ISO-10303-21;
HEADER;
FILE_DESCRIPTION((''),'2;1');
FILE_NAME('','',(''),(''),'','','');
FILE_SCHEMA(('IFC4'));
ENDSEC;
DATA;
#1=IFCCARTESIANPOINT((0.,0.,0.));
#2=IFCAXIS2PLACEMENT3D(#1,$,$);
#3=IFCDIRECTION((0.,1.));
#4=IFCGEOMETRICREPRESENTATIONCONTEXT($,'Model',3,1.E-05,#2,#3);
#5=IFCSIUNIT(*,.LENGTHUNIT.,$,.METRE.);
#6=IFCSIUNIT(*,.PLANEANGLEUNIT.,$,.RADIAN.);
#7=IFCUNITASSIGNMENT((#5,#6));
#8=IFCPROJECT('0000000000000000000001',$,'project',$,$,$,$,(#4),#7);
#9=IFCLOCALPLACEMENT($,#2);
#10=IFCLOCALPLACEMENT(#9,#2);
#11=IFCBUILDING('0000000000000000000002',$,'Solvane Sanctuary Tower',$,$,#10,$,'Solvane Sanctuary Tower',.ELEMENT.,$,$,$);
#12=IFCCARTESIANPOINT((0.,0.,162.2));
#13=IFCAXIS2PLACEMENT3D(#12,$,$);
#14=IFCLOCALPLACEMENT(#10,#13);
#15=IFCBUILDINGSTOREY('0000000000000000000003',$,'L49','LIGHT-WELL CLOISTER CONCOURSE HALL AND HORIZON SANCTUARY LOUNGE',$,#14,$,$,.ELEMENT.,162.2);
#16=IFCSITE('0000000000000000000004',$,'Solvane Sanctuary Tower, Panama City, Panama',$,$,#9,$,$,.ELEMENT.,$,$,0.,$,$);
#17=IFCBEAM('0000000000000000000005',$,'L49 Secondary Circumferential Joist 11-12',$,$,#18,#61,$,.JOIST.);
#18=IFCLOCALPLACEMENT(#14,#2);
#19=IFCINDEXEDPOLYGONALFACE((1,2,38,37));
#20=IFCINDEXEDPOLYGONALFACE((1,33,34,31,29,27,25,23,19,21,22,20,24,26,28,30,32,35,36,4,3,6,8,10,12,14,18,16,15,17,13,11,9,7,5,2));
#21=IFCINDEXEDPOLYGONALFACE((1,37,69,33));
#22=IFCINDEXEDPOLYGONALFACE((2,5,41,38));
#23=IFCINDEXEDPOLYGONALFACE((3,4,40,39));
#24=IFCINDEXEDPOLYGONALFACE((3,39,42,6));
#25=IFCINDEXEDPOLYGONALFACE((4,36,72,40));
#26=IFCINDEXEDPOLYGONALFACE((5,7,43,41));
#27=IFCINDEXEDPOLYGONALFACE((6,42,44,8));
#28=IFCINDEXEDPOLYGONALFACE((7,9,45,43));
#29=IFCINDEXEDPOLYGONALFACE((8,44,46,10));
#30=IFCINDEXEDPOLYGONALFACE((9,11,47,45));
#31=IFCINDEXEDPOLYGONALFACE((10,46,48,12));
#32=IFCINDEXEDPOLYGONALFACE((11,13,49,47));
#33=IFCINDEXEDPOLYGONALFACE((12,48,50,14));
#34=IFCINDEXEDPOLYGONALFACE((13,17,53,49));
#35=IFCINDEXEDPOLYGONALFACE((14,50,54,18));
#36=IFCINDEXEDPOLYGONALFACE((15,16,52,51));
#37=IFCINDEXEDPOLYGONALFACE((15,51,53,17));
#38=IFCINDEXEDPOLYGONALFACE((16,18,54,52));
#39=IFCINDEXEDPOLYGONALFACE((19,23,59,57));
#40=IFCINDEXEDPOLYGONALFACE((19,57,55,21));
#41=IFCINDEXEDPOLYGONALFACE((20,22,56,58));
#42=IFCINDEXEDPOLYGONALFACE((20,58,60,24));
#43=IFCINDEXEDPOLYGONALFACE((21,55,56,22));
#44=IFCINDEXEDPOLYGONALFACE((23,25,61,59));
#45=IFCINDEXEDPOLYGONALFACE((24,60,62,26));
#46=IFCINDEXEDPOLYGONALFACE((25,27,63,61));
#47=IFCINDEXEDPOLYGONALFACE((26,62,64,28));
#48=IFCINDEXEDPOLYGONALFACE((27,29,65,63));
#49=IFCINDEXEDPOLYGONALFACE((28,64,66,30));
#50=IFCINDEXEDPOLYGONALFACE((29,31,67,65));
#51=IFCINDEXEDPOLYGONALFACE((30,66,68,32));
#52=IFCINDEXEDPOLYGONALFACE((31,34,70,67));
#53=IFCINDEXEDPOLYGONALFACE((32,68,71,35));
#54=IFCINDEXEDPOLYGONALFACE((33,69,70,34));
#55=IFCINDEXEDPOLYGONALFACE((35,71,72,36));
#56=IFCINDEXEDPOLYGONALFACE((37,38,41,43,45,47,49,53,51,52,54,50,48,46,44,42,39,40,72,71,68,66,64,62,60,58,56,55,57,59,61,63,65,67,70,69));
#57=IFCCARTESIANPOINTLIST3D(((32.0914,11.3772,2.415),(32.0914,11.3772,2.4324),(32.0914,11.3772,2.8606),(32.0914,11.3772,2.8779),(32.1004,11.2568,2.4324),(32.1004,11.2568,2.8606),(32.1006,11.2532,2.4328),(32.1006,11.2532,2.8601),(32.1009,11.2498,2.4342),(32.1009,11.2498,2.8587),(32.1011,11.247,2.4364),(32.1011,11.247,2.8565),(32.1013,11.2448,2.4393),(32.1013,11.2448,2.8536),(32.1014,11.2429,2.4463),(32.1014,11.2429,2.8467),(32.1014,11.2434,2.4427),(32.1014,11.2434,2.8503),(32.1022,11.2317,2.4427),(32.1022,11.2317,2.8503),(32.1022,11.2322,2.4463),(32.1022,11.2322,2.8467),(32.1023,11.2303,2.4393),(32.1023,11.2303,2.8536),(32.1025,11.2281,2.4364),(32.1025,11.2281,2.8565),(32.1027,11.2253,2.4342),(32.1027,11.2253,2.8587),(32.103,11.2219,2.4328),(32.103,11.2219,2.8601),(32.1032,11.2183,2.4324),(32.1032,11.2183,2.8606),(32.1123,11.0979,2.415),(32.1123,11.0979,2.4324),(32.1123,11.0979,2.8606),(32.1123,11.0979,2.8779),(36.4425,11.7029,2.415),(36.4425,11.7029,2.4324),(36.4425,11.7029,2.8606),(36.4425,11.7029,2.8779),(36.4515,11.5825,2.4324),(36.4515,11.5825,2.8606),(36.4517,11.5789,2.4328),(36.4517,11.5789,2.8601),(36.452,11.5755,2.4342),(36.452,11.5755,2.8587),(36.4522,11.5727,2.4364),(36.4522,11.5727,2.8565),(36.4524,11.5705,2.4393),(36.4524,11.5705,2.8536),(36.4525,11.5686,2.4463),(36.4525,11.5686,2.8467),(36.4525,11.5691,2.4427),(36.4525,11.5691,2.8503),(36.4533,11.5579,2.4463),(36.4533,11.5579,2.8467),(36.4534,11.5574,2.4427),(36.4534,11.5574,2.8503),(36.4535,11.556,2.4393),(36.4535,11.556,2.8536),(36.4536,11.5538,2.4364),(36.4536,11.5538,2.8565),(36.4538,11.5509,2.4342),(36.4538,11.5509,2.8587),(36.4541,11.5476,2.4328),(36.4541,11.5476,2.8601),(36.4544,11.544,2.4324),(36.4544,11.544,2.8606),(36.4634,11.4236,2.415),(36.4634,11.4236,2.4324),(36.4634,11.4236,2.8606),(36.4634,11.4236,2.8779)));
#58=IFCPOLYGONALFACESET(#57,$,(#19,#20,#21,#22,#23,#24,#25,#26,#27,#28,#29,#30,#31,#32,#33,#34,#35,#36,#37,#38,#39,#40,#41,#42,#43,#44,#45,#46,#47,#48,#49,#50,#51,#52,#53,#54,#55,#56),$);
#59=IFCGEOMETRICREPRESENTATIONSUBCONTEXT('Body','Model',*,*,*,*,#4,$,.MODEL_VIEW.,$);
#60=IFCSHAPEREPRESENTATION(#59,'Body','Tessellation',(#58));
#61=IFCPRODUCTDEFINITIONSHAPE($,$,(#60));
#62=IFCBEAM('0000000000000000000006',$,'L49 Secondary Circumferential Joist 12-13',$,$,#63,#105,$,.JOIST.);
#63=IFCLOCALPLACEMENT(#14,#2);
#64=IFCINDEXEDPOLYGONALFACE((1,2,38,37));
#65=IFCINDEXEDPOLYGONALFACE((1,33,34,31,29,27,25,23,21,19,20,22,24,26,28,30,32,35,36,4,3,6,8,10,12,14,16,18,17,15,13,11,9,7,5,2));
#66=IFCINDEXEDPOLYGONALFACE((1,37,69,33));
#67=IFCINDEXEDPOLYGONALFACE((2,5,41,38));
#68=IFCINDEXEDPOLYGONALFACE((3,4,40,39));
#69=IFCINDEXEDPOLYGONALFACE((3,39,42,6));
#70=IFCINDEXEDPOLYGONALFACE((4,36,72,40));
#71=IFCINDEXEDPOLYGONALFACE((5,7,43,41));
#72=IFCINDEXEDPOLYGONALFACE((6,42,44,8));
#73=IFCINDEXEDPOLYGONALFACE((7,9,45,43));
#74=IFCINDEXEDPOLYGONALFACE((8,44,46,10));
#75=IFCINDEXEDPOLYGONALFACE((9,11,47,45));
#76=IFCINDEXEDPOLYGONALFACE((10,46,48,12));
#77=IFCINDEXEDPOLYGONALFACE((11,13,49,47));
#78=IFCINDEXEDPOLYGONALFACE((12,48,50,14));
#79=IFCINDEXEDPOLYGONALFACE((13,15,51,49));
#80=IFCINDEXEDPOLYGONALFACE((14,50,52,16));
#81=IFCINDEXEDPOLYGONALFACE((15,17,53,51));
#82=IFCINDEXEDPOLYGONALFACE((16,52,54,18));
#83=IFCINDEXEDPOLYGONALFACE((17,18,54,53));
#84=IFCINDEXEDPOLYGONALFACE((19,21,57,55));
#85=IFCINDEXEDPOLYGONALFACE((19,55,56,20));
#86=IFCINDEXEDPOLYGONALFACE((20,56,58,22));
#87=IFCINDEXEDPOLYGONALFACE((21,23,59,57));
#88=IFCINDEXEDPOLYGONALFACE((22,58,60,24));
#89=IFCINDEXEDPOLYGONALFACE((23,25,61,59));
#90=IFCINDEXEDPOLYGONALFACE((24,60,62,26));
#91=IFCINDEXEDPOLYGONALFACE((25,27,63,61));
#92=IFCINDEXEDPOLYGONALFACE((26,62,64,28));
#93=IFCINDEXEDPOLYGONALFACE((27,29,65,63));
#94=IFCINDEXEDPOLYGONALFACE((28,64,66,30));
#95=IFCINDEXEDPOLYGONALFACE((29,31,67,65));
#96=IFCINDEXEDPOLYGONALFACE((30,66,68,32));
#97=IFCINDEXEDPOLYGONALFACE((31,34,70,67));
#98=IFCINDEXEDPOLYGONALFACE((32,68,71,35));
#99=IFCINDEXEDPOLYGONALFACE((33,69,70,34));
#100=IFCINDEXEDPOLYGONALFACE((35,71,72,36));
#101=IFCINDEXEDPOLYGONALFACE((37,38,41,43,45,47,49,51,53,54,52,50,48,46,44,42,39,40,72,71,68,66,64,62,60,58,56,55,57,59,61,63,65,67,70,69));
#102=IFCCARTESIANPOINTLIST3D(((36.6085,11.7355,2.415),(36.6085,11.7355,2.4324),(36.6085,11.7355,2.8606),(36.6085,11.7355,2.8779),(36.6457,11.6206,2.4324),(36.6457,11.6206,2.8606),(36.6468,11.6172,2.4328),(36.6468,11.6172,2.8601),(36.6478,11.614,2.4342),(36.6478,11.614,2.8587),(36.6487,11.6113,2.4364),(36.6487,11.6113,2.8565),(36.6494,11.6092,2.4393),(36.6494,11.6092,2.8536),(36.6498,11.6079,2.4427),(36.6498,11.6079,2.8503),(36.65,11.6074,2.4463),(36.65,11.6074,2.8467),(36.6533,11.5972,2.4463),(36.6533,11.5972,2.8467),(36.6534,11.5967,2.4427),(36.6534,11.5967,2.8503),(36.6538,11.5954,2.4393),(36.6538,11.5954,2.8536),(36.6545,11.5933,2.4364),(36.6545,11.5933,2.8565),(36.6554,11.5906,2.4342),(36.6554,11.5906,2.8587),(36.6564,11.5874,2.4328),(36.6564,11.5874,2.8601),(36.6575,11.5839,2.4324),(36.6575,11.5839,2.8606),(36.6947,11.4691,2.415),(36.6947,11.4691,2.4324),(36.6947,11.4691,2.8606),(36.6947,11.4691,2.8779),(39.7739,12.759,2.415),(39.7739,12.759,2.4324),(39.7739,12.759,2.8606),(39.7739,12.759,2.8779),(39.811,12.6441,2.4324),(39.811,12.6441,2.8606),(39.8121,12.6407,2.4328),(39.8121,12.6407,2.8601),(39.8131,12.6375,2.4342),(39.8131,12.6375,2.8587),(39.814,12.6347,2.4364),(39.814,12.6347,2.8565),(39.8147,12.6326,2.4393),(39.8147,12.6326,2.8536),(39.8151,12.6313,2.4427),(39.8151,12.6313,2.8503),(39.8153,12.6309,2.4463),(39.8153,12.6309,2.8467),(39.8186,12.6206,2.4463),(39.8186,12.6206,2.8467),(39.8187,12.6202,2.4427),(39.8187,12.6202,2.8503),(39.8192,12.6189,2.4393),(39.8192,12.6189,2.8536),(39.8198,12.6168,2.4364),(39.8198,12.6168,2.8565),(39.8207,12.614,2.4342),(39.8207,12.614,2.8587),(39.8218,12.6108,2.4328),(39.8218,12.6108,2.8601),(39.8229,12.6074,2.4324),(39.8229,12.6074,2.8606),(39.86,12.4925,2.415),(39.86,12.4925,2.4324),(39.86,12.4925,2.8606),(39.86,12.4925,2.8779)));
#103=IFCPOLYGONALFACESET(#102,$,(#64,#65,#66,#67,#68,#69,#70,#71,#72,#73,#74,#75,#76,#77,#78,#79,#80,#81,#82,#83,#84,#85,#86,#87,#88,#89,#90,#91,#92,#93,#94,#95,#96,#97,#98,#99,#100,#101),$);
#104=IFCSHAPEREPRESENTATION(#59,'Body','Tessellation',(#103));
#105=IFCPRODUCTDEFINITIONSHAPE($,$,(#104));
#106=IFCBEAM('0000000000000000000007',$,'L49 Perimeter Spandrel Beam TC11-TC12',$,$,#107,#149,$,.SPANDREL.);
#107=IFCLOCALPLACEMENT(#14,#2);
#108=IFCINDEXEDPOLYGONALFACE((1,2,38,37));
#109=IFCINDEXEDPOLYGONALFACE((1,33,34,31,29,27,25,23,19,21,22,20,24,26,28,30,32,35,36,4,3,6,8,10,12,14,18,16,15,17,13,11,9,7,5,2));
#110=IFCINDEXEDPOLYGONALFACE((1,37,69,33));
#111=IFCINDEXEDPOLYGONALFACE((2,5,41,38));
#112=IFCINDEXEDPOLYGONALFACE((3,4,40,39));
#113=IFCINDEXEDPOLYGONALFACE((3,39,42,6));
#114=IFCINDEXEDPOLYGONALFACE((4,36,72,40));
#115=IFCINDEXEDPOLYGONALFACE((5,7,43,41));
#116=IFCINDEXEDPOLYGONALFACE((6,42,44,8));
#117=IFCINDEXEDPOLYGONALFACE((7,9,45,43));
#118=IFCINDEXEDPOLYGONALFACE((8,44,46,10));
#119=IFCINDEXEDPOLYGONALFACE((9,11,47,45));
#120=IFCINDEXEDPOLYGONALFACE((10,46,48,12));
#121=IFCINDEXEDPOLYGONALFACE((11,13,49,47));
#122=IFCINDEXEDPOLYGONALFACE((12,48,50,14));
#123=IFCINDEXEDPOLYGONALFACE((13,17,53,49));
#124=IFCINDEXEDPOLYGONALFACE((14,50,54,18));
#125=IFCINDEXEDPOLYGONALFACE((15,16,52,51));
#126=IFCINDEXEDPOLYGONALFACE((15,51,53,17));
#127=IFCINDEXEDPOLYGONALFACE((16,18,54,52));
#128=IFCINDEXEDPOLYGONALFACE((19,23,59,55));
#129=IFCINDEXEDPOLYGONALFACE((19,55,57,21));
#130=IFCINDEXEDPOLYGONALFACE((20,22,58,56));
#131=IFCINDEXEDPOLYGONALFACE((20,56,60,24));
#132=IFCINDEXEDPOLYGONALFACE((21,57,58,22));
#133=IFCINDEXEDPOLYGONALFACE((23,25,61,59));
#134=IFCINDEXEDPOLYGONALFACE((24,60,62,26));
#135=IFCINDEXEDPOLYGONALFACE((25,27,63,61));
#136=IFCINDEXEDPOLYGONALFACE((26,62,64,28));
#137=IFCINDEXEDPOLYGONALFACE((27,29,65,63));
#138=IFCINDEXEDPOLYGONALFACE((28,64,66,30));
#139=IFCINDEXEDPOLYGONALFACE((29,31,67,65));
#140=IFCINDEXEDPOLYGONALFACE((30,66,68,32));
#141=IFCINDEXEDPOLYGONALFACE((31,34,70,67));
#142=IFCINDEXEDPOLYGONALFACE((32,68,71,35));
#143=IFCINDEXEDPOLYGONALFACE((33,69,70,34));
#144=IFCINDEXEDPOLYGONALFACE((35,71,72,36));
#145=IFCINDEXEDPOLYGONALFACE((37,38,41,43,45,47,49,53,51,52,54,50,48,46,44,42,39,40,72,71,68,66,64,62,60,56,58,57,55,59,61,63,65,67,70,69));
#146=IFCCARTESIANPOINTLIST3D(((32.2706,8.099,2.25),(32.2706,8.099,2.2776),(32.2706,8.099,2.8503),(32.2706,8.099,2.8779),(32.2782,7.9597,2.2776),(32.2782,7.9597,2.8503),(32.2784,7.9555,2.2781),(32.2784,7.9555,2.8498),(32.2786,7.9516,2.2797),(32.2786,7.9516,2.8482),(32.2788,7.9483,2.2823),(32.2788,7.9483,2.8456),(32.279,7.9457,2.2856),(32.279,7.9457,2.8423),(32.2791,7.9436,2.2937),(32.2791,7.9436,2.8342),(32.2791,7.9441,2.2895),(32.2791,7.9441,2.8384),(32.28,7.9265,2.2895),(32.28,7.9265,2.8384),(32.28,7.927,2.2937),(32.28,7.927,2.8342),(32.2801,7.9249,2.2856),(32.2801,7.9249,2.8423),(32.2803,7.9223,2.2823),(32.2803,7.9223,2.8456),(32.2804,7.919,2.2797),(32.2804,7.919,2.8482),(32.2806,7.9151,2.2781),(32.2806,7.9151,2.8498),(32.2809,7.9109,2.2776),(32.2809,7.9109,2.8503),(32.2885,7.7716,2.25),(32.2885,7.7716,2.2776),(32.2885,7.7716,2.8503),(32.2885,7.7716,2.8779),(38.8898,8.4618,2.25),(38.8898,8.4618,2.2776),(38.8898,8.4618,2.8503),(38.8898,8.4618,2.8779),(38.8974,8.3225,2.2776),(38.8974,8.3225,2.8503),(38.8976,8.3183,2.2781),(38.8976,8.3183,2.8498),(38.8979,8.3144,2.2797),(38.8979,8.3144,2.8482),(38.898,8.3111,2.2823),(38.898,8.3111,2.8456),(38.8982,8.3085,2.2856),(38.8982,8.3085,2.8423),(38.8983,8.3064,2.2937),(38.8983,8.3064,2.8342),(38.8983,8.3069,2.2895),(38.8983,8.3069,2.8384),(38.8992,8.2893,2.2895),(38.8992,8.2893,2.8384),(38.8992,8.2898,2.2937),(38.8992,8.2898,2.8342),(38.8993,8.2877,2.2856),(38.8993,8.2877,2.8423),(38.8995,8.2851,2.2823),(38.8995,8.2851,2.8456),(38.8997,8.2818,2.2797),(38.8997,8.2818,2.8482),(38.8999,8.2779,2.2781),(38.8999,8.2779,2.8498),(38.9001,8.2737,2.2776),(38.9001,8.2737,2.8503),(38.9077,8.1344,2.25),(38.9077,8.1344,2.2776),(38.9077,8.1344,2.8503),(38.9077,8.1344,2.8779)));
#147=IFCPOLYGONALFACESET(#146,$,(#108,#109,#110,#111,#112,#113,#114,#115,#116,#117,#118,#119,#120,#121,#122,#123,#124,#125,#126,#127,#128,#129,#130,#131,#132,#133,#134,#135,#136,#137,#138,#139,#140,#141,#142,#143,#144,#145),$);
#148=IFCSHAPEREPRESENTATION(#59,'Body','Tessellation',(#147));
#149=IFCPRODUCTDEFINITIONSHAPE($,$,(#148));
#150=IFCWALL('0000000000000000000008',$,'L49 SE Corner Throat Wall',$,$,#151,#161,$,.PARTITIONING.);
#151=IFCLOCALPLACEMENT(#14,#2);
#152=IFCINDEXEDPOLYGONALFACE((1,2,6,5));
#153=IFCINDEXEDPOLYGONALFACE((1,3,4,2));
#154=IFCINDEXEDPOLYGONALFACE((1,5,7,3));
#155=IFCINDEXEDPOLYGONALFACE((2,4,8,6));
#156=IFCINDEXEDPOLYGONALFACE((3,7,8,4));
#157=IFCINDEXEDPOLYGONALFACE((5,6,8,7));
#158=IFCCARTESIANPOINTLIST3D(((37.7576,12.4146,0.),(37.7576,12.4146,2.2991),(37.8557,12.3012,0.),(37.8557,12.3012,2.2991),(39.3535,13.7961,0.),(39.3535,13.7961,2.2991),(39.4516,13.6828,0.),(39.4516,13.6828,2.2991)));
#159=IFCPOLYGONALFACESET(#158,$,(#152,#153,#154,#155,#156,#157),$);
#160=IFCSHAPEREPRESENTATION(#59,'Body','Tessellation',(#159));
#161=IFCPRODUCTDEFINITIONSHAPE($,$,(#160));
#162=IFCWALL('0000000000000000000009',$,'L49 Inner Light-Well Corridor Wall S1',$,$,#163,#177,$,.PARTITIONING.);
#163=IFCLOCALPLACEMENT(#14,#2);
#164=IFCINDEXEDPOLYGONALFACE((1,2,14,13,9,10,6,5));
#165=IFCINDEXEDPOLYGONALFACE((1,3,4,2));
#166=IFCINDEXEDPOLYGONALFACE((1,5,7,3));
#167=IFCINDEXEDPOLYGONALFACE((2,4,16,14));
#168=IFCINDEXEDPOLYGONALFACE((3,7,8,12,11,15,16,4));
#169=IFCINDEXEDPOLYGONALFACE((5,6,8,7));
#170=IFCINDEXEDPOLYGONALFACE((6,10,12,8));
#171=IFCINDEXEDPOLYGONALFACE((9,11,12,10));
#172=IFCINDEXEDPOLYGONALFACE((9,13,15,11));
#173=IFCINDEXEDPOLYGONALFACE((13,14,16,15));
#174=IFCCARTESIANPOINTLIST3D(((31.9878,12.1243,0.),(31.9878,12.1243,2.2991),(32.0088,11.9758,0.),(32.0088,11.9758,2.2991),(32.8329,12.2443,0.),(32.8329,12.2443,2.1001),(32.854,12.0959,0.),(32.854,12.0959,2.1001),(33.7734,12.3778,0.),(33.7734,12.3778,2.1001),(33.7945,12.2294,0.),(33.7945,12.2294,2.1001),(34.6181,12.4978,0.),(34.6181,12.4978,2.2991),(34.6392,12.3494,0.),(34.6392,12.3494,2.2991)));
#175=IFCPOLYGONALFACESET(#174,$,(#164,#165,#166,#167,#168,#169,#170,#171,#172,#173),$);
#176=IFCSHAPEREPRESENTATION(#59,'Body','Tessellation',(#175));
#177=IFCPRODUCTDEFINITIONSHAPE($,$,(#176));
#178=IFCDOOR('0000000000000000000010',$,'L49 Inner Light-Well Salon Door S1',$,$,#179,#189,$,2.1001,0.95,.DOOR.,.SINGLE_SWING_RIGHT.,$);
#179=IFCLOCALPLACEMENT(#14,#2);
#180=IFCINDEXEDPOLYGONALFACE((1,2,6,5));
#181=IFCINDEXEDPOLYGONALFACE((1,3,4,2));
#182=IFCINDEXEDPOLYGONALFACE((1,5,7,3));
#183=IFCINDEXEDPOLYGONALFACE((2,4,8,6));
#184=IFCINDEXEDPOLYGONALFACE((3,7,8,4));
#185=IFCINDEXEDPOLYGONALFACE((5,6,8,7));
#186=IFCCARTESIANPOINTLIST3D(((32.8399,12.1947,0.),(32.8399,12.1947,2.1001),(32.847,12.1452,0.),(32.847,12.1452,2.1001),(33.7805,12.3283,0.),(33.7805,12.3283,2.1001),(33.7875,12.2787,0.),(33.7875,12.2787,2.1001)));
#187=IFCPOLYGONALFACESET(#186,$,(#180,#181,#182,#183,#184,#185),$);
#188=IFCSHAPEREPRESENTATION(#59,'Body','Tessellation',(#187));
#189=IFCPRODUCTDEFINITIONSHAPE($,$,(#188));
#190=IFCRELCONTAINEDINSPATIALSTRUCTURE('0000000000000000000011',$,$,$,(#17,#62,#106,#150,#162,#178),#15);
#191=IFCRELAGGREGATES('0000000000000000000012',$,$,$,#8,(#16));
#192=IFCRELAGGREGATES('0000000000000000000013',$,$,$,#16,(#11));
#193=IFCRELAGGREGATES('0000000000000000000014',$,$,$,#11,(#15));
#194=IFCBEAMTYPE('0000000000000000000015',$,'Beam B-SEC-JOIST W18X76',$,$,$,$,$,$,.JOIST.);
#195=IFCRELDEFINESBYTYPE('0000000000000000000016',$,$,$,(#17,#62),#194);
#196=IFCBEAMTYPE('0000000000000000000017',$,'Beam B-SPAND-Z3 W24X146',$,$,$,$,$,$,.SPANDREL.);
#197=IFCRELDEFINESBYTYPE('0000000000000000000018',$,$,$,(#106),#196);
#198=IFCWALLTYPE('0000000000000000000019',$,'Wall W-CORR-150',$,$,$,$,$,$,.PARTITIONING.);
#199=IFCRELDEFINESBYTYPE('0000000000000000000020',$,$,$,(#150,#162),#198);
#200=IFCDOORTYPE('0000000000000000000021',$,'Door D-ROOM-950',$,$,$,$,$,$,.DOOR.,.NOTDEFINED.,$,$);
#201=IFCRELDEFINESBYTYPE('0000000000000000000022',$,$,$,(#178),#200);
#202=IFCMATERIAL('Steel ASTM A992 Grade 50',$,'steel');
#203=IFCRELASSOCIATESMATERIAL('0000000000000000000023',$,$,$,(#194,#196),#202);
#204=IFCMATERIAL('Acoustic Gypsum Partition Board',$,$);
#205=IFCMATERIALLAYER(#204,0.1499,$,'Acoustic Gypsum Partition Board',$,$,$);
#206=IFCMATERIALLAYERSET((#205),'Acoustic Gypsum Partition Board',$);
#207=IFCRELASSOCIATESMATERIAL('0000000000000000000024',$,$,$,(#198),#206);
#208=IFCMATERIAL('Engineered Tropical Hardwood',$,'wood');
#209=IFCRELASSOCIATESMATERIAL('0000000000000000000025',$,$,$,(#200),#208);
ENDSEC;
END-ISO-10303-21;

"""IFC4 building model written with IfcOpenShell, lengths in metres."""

from ifc_helpers import new_model, si_unit, direction, frame, frame_2d, origin, origin_2d, place, context, subcontext, project, spatial, rectangle, i_section, extrude, material, layer, layer_set, material_profile, profile_set, type_object, element, fill, save


model = new_model("IFC4")

# Units and contexts
model_context = context("Model", 3, precision=1e-05, world=origin(), true_north=direction((0.0, 1.0)))
body_context = subcontext(model_context, "Body", "Model", "MODEL_VIEW")
ifc_project = project(units=[si_unit("LENGTHUNIT", "METRE"), si_unit("PLANEANGLEUNIT", "RADIAN")], contexts=[model_context])

# Site, building, storey
site_placement = place(None, origin())
site = spatial("IfcSite", under=ifc_project, at=site_placement, Name="Solvane Sanctuary Tower, Panama City, Panama", CompositionType="ELEMENT", RefElevation=0.0)
building_placement = place(site_placement, origin())
building = spatial("IfcBuilding", under=site, at=building_placement, Name="Solvane Sanctuary Tower", LongName="Solvane Sanctuary Tower", CompositionType="ELEMENT")
storey_placement = place(building_placement, frame((0.0, 0.0, 162.2)))
storey = spatial("IfcBuildingStorey", under=building, at=storey_placement, Name="L49", Description="LIGHT-WELL CLOISTER CONCOURSE HALL AND HORIZON SANCTUARY LOUNGE", CompositionType="ELEMENT", Elevation=162.2)

# Beams
ifc_material_1 = material(Name="Steel ASTM A992 Grade 50", Category="steel")
ifc_material_profile_1 = material_profile(ifc_material_1, i_section(OverallWidth=0.28, OverallDepth=0.4629, WebThickness=0.0107, FlangeThickness=0.0173, FilletRadius=0.0139, at=origin_2d()), Name="W18X76")
ifc_profile_set_1 = profile_set([ifc_material_profile_1], Name="Steel ASTM A992 Grade 50")
beam_type_1 = type_object("IfcBeamType", Name="Beam B-SEC-JOIST W18X76", PredefinedType="JOIST", material=ifc_profile_set_1)
beam_1_placement = place(storey_placement, frame((32.1018, 11.2375, 2.6465), z_axis=(0.99721, 0.074642, 0.0), x_axis=(-0.074642, 0.99721, 0.0)))
element("IfcBeam", 1, at=beam_1_placement, inside=storey, type_object=beam_type_1, Name="L49 Secondary Circumferential Joist 11-12", PredefinedType="JOIST", context=body_context, shape_type="SweptSolid", body=[
    extrude(i_section(OverallWidth=0.28, OverallDepth=0.4629, WebThickness=0.0107, FlangeThickness=0.0173, FilletRadius=0.0139, at=origin_2d()), origin(), (0.0, 0.0, 1.0), 4.3633),
])
beam_2_placement = place(storey_placement, frame((36.6516, 11.6023, 2.6465), z_axis=(0.9515, 0.30765, 0.0), x_axis=(-0.30765, 0.9515, 0.0)))
element("IfcBeam", 2, at=beam_2_placement, inside=storey, type_object=beam_type_1, Name="L49 Secondary Circumferential Joist 12-13", PredefinedType="JOIST", context=body_context, shape_type="SweptSolid", body=[
    extrude(i_section(OverallWidth=0.28, OverallDepth=0.4629, WebThickness=0.0107, FlangeThickness=0.0173, FilletRadius=0.0139, at=origin_2d()), origin(), (0.0, 0.0, 1.0), 3.3267),
])
ifc_material_profile_2 = material_profile(ifc_material_1, i_section(OverallWidth=0.3279, OverallDepth=0.6279, WebThickness=0.0166, FlangeThickness=0.0276, FilletRadius=0.0161, at=origin_2d()), Name="W24X146")
ifc_profile_set_2 = profile_set([ifc_material_profile_2], Name="Steel ASTM A992 Grade 50")
beam_type_2 = type_object("IfcBeamType", Name="Beam B-SPAND-Z3 W24X146", PredefinedType="SPANDREL", material=ifc_profile_set_2)
beam_3_placement = place(storey_placement, frame((32.2795, 7.9353, 2.564), z_axis=(0.998501, 0.054728, 0.0), x_axis=(-0.054728, 0.998501, 0.0)))
element("IfcBeam", 3, at=beam_3_placement, inside=storey, type_object=beam_type_2, Name="L49 Perimeter Spandrel Beam TC11-TC12", PredefinedType="SPANDREL", context=body_context, shape_type="SweptSolid", body=[
    extrude(i_section(OverallWidth=0.3279, OverallDepth=0.6279, WebThickness=0.0166, FlangeThickness=0.0276, FilletRadius=0.0161, at=origin_2d()), origin(), (0.0, 0.0, 1.0), 6.6292),
])

# Wall
ifc_material_2 = material(Name="Acoustic Gypsum Partition Board")
ifc_layer_1 = layer(ifc_material_2, 0.1499, Name="Acoustic Gypsum Partition Board")
ifc_layer_set_1 = layer_set([ifc_layer_1], Name="Acoustic Gypsum Partition Board")
wall_type_1 = type_object("IfcWallType", Name="Wall W-CORR-150", PredefinedType="PARTITIONING", material=ifc_layer_set_1)
wall_1_placement = place(storey_placement, frame((37.8066, 12.3579, 0.0), z_axis=(0.0, 0.0, 1.0), x_axis=(0.756055, 0.654508, 0.0)))
element("IfcWall", 4, at=wall_1_placement, inside=storey, type_object=wall_type_1, Name="L49 SE Corner Throat Wall", PredefinedType="PARTITIONING", context=body_context, shape_type="SweptSolid", body=[
    extrude(rectangle(XDim=2.1108, YDim=0.1499, at=frame_2d((1.0554, 0.0))), origin(), (0.0, 0.0, 1.0), 2.2991),
])

# Wall, opening, door
wall_2_placement = place(storey_placement, frame((31.9983, 12.05, 0.0), z_axis=(0.0, 0.0, 1.0), x_axis=(0.990067, 0.140598, 0.0)))
wall_2 = element("IfcWall", 5, at=wall_2_placement, inside=storey, type_object=wall_type_1, Name="L49 Inner Light-Well Corridor Wall S1", PredefinedType="PARTITIONING", context=body_context, shape_type="SweptSolid", body=[
    extrude(rectangle(XDim=2.6567, YDim=0.1499, at=frame_2d((1.3284, 0.0))), origin(), (0.0, 0.0, 1.0), 2.2991),
])
opening_1_placement = place(wall_2_placement, frame((0.8535, 0.0, 0.0)))
opening_1 = element("IfcOpeningElement", 6, at=opening_1_placement, cuts=wall_2, PredefinedType="OPENING", context=body_context, shape_type="SweptSolid", body=[
    extrude(rectangle(XDim=0.95, YDim=2.1001, at=frame_2d((0.4751, 1.05))), frame((0.0, 0.085, 0.0), z_axis=(0.0, -1.0, 0.0), x_axis=(1.0, 0.0, 0.0)), (0.0, 0.0, 1.0), 0.1699),
])
ifc_material_3 = material(Name="Engineered Tropical Hardwood", Category="wood")
door_type_1 = type_object("IfcDoorType", Name="Door D-ROOM-950", OperationType="NOTDEFINED", PredefinedType="DOOR", material=ifc_material_3)
door_1_placement = place(opening_1_placement, origin())
door_1 = element("IfcDoor", 7, at=door_1_placement, inside=storey, type_object=door_type_1, Name="L49 Inner Light-Well Salon Door S1", OperationType="SINGLE_SWING_RIGHT", OverallHeight=2.1001, OverallWidth=0.95, PredefinedType="DOOR", context=body_context, shape_type="SweptSolid", body=[
    extrude(rectangle(XDim=0.95, YDim=2.1001, at=frame_2d((0.4751, 1.05))), frame((0.0, 0.0249, 0.0), z_axis=(0.0, -1.0, 0.0), x_axis=(1.0, 0.0, 0.0)), (0.0, 0.0, 1.0), 0.05),
])
fill(opening_1, door_1)

save(model, "model.ifc")
